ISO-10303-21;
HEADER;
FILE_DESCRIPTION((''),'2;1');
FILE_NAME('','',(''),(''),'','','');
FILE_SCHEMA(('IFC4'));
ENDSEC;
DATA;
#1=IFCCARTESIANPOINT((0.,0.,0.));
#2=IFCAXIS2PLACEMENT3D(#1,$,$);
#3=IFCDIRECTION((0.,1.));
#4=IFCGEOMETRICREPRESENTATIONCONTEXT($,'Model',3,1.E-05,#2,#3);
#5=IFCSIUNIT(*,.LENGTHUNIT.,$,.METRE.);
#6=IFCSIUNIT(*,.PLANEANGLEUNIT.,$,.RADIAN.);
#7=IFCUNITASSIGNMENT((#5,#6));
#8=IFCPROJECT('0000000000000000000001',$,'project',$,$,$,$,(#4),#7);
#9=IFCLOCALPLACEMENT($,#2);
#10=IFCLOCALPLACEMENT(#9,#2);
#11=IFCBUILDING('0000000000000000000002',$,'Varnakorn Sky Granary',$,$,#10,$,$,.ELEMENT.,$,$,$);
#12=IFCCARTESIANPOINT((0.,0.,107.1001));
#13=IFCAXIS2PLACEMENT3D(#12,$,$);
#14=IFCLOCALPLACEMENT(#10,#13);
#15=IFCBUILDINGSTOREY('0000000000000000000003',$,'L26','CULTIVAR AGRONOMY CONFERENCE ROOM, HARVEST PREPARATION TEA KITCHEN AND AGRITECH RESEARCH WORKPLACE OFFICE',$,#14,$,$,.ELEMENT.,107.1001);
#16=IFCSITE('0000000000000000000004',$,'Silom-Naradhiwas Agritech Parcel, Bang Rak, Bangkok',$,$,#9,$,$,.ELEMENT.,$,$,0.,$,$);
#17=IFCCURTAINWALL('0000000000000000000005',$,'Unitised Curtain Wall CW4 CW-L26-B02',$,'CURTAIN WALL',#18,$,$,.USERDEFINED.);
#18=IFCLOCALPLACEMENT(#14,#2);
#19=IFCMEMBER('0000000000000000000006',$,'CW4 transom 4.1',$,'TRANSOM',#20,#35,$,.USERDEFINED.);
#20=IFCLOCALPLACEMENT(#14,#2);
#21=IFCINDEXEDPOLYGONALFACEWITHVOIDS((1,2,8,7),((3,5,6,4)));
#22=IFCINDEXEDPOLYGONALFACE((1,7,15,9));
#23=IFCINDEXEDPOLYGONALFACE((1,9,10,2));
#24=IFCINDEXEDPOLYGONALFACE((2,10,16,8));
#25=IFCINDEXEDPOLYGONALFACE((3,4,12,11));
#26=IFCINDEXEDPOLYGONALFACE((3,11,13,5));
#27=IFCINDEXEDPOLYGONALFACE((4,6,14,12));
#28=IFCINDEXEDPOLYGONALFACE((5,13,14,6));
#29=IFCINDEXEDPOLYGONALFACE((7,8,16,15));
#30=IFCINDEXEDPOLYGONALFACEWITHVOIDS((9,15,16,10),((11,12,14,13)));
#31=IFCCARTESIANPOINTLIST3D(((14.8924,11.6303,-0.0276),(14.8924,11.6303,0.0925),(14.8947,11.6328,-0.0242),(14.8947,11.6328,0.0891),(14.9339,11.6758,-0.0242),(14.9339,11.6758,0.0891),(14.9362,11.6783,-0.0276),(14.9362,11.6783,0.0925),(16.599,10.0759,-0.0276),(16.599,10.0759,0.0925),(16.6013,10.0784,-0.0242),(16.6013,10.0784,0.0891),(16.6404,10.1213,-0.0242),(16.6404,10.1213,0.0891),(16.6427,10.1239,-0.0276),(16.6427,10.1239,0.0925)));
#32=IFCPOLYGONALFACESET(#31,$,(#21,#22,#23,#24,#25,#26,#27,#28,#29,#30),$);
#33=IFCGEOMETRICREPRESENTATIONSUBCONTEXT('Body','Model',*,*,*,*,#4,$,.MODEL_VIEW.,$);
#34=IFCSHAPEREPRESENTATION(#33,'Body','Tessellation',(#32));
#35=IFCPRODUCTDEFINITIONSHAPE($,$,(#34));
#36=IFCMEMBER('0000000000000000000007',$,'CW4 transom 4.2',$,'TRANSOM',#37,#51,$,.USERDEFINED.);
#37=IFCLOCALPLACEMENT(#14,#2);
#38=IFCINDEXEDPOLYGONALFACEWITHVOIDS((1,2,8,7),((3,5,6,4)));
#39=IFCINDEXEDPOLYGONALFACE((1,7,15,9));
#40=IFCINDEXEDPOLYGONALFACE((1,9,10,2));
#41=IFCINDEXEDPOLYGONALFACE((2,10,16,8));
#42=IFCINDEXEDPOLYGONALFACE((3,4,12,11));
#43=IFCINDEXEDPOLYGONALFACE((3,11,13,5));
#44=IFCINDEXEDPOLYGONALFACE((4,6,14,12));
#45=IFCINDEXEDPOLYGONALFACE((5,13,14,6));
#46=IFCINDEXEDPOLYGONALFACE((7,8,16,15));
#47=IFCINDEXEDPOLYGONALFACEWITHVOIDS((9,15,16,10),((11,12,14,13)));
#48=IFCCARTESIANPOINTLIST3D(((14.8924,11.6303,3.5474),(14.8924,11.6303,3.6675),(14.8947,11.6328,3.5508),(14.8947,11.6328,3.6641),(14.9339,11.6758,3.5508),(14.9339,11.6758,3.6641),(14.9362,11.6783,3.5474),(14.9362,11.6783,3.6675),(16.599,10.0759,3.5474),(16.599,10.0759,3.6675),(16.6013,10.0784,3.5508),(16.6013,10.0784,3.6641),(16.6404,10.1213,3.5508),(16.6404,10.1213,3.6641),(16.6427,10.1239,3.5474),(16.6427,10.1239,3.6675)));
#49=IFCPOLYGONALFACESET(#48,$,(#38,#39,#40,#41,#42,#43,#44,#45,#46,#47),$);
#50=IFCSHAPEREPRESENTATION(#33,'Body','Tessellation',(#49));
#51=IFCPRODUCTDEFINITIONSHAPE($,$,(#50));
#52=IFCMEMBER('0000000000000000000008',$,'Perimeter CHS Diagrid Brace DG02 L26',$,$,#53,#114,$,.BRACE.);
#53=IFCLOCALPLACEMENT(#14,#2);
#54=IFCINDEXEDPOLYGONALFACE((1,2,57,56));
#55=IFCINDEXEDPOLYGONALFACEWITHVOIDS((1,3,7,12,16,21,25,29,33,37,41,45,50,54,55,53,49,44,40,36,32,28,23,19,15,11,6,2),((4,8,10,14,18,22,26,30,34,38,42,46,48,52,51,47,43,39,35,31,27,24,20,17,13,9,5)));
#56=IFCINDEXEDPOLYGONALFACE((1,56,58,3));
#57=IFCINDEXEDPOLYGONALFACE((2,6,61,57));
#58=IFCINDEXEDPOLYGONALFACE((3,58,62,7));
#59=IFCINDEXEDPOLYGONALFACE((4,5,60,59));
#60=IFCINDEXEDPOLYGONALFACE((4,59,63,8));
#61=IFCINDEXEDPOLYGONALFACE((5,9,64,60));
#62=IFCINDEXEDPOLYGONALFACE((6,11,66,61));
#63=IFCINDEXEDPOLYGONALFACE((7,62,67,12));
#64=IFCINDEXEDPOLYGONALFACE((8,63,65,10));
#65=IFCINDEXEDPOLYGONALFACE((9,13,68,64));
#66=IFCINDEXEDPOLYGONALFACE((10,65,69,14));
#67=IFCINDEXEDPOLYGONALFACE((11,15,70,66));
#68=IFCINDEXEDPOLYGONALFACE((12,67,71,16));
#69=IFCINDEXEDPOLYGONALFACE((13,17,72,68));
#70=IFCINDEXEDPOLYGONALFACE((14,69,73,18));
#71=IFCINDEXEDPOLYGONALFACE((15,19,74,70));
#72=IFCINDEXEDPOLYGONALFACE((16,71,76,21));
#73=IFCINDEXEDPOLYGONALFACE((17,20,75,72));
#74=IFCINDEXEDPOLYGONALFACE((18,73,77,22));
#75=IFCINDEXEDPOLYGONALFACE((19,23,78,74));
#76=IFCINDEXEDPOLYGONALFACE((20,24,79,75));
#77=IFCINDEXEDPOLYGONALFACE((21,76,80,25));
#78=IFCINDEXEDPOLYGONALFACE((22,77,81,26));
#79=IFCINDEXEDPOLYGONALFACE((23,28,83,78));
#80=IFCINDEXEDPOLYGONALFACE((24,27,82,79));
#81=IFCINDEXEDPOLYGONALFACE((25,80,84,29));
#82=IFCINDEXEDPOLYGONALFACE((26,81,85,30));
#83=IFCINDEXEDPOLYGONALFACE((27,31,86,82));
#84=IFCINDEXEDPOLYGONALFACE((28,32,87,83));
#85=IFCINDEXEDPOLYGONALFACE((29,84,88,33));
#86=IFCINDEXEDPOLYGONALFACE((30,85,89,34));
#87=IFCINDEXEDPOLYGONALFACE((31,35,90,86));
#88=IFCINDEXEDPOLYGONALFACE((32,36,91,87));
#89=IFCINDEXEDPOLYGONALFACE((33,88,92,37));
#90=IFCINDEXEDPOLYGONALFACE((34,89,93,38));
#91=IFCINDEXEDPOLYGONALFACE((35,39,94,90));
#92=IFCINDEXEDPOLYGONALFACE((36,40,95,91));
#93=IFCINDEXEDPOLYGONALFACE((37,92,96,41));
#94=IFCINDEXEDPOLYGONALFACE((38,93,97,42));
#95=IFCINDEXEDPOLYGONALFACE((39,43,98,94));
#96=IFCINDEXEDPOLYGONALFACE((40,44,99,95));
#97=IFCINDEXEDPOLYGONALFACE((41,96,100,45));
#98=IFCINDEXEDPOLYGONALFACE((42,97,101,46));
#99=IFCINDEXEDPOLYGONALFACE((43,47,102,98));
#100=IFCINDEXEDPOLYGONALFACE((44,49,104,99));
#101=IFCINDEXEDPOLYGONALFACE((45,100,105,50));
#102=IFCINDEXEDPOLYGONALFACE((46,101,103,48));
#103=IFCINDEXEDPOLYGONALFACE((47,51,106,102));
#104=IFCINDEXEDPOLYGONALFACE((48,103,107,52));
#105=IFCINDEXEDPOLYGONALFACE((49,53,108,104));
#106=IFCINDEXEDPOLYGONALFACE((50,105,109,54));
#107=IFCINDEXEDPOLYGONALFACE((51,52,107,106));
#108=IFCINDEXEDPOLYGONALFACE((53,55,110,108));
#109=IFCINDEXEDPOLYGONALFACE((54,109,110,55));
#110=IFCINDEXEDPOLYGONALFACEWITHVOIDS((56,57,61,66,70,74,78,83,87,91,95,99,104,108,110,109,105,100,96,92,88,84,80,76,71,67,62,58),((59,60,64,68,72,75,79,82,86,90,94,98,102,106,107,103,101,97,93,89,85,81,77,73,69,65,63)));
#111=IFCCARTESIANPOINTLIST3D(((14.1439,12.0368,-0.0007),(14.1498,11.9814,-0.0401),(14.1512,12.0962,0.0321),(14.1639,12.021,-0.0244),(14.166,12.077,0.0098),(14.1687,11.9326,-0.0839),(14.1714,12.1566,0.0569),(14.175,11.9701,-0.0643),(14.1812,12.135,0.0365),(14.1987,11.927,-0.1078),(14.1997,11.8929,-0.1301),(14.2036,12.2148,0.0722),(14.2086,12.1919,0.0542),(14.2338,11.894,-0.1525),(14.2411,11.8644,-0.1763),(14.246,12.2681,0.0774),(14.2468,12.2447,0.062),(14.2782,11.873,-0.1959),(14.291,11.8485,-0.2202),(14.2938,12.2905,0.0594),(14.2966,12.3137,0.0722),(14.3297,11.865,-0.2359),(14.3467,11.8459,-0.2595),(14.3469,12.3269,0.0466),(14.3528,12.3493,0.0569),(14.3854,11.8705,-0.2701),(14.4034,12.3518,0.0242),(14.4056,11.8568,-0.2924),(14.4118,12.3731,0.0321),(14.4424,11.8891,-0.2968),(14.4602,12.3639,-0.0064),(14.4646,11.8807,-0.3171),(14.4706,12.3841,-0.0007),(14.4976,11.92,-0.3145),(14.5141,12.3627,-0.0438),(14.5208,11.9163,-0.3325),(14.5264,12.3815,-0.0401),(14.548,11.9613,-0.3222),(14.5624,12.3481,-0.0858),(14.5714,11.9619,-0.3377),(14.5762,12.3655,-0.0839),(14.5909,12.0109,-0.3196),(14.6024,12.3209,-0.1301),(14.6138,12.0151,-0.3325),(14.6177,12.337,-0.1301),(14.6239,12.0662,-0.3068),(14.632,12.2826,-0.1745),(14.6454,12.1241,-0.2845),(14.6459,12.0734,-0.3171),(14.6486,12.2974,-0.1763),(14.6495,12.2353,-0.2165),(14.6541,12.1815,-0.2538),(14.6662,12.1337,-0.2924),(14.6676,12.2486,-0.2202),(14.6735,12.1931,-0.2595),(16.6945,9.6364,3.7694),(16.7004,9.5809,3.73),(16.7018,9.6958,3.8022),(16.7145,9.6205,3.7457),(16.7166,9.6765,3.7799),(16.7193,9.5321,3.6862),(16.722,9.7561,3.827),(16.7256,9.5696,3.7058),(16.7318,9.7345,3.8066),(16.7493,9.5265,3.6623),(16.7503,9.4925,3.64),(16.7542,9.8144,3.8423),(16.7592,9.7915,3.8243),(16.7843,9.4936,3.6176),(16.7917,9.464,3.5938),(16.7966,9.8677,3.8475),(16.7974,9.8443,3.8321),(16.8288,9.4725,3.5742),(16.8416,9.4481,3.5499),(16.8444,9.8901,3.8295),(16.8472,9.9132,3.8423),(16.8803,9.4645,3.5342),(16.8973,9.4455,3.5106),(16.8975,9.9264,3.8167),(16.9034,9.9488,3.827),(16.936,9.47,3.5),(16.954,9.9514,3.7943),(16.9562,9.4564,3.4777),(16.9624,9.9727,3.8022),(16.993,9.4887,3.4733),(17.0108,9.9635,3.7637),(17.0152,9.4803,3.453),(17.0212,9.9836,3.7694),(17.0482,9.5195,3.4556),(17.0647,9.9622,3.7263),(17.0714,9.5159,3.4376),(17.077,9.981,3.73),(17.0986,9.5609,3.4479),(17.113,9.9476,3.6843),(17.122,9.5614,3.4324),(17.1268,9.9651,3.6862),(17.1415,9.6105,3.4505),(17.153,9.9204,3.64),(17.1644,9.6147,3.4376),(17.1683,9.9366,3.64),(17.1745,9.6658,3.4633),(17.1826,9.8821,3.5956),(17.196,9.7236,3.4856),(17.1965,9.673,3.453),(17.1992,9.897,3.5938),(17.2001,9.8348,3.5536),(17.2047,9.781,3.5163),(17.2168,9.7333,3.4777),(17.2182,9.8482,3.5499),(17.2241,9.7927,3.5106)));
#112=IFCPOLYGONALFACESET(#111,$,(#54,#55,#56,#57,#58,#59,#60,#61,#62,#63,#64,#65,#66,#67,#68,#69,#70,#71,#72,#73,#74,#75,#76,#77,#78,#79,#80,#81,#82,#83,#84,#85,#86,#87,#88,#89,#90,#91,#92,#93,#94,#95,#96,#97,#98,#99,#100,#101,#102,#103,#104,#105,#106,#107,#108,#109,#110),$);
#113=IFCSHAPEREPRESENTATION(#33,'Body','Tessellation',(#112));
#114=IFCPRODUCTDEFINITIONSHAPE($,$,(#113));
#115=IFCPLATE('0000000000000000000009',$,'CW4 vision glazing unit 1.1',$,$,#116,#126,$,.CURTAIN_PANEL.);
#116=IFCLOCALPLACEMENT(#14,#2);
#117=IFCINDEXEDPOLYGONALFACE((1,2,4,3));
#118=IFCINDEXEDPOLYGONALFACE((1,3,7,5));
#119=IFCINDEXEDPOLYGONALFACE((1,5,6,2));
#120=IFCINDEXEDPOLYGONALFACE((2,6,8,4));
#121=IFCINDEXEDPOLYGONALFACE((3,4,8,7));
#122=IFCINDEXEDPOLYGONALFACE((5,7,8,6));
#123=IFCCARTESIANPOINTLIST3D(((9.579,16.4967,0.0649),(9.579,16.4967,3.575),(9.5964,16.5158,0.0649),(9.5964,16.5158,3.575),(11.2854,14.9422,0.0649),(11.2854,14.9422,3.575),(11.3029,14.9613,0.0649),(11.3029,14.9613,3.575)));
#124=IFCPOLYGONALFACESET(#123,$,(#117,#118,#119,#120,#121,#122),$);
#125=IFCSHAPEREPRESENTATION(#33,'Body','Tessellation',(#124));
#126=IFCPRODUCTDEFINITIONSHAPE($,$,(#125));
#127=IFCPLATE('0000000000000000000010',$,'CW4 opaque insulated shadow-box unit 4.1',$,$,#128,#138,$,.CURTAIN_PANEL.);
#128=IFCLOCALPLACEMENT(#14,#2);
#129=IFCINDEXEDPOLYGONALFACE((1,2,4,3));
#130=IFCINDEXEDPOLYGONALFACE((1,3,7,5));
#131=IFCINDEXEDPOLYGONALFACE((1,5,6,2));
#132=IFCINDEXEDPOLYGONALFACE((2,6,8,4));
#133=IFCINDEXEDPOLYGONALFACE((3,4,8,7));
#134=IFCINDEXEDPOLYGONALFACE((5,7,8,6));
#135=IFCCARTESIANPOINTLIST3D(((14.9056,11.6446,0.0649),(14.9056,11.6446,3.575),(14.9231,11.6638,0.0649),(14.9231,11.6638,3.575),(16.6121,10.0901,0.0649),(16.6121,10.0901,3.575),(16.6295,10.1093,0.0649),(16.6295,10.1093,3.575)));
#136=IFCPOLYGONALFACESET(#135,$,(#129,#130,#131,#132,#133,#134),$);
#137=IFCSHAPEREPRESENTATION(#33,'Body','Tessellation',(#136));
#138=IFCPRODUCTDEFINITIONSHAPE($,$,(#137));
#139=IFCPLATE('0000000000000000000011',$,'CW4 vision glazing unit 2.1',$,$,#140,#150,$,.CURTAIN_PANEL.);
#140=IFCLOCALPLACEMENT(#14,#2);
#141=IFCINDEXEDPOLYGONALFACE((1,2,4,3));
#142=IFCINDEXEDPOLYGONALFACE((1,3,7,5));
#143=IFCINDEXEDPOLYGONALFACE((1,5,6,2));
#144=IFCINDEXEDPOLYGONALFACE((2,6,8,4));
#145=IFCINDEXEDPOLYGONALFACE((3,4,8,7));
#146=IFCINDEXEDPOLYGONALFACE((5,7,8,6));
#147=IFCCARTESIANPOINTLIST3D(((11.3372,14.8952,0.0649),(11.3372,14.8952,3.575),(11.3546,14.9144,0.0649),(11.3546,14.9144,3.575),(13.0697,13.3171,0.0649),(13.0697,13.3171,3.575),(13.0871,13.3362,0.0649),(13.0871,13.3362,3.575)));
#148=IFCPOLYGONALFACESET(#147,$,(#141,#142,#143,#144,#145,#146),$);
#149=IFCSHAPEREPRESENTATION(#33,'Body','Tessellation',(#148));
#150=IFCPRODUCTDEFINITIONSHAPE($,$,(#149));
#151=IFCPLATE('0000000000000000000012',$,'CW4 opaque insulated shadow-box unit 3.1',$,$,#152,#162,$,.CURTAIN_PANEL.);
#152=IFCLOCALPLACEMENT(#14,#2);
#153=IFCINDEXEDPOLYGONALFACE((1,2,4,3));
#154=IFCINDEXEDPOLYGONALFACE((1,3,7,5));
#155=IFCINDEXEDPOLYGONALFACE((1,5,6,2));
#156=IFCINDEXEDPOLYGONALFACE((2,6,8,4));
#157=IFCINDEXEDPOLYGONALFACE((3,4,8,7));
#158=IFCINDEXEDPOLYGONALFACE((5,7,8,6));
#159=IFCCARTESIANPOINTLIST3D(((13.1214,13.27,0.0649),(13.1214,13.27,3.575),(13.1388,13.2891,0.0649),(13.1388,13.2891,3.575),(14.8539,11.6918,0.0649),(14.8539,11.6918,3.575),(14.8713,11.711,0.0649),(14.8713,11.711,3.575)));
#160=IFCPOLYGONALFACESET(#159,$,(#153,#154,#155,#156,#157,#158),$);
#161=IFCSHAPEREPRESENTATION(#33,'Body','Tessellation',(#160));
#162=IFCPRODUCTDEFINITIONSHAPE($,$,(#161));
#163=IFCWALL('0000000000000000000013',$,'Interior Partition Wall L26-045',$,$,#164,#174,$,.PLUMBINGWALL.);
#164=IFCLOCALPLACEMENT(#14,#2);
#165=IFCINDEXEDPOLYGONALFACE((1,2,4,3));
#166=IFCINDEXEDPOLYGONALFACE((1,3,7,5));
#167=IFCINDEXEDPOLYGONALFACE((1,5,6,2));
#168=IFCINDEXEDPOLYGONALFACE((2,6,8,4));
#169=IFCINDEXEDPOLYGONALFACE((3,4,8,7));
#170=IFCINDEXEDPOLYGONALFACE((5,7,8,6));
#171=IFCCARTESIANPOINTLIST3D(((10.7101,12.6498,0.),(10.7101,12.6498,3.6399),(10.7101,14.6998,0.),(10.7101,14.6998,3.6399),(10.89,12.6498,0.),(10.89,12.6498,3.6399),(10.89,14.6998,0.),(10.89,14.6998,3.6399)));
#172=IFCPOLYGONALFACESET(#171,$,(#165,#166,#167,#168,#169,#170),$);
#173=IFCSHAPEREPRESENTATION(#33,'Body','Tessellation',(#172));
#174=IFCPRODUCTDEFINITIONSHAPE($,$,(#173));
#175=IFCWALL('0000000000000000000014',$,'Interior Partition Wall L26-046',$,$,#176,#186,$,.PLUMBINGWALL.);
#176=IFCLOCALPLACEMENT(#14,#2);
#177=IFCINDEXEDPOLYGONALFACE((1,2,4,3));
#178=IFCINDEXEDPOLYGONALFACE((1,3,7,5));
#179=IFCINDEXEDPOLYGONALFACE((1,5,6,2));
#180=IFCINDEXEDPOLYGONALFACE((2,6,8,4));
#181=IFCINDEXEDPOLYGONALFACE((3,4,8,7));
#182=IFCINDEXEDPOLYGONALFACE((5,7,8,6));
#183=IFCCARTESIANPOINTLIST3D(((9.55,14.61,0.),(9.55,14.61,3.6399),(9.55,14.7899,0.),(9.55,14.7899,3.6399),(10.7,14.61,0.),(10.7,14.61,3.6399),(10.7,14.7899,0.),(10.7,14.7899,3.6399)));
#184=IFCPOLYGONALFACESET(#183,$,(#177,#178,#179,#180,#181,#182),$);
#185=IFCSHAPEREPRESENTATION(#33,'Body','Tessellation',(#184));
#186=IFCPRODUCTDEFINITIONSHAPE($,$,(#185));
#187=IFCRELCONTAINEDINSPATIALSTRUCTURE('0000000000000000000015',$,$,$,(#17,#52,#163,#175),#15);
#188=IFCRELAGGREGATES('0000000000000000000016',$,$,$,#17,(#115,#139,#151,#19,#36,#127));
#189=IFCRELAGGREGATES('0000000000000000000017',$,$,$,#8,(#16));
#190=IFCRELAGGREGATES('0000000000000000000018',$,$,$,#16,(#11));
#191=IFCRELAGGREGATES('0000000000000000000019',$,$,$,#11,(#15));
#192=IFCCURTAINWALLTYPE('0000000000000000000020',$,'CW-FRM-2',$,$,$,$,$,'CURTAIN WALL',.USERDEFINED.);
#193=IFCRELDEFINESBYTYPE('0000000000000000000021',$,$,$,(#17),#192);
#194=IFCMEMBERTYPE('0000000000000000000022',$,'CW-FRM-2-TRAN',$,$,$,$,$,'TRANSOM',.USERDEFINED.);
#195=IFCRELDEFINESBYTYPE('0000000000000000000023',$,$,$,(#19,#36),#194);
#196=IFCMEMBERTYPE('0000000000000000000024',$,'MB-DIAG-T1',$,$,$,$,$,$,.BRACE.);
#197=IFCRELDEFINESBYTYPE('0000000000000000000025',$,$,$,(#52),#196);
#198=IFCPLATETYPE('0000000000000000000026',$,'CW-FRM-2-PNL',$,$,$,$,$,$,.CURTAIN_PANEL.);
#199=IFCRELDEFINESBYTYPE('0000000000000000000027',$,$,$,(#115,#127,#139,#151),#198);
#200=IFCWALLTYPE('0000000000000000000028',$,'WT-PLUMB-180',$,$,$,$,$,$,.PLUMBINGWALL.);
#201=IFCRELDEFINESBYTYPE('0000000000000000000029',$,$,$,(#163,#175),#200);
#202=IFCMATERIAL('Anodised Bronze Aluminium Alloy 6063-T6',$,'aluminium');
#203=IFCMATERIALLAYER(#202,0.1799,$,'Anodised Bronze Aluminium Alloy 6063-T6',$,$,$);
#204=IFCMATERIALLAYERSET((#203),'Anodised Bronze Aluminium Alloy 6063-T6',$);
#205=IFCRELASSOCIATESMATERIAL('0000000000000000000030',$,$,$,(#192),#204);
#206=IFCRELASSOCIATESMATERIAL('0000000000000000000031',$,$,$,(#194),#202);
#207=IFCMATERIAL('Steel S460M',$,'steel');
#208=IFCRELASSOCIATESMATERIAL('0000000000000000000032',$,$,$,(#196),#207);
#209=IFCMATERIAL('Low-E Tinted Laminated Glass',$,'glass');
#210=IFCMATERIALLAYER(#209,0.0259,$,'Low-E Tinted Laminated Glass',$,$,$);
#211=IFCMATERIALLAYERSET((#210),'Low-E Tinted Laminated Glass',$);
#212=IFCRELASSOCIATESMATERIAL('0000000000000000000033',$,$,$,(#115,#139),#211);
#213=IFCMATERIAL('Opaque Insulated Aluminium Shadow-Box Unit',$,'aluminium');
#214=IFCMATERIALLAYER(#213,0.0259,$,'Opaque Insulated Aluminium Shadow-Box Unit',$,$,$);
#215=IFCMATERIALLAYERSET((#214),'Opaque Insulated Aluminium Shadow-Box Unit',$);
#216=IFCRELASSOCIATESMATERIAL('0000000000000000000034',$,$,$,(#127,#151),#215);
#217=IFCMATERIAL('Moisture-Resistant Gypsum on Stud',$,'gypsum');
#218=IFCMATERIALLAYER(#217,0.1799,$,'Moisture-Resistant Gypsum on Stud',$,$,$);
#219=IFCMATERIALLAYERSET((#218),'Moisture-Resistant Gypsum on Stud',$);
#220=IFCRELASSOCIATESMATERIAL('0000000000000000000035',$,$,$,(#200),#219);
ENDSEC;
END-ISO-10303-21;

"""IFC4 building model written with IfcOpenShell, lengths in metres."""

from ifc_helpers import new_model, si_unit, direction, frame, frame_2d, origin, origin_2d, place, context, subcontext, project, spatial, rectangle, hollow_rectangle, hollow_circle, extrude, source, transform, mapped, material, layer, layer_set, material_profile, profile_set, type_object, type_shapes, element, aggregate, save


model = new_model("IFC4")

# Units and contexts
model_context = context("Model", 3, precision=1e-05, world=origin(), true_north=direction((0.0, 1.0)))
body_context = subcontext(model_context, "Body", "Model", "MODEL_VIEW")
ifc_project = project(units=[si_unit("LENGTHUNIT", "METRE"), si_unit("PLANEANGLEUNIT", "RADIAN")], contexts=[model_context])

# Site, building, storey
site_placement = place(None, origin())
site = spatial("IfcSite", under=ifc_project, at=site_placement, Name="Silom-Naradhiwas Agritech Parcel, Bang Rak, Bangkok", CompositionType="ELEMENT", RefElevation=0.0)
building_placement = place(site_placement, origin())
building = spatial("IfcBuilding", under=site, at=building_placement, Name="Varnakorn Sky Granary", CompositionType="ELEMENT")
storey_placement = place(building_placement, frame((0.0, 0.0, 107.1001)))
storey = spatial("IfcBuildingStorey", under=building, at=storey_placement, Name="L26", Description="CULTIVAR AGRONOMY CONFERENCE ROOM, HARVEST PREPARATION TEA KITCHEN AND AGRITECH RESEARCH WORKPLACE OFFICE", CompositionType="ELEMENT", Elevation=107.1001)

# Curtain wall, members
ifc_material_1 = material(Name="Anodised Bronze Aluminium Alloy 6063-T6", Category="aluminium")
ifc_layer_1 = layer(ifc_material_1, 0.1799, Name="Anodised Bronze Aluminium Alloy 6063-T6")
ifc_layer_set_1 = layer_set([ifc_layer_1], Name="Anodised Bronze Aluminium Alloy 6063-T6")
curtain_wall_type = type_object("IfcCurtainWallType", Name="CW-FRM-2", ElementType="CURTAIN WALL", PredefinedType="USERDEFINED", material=ifc_layer_set_1)
curtain_wall_placement = place(storey_placement, origin())
curtain_wall = element("IfcCurtainWall", 1, at=curtain_wall_placement, inside=storey, type_object=curtain_wall_type, Name="Unitised Curtain Wall CW4 CW-L26-B02", ObjectType="CURTAIN WALL", PredefinedType="USERDEFINED")
ifc_material_profile_1 = material_profile(ifc_material_1, hollow_rectangle(XDim=0.0649, YDim=0.1201, WallThickness=0.0034, at=origin_2d()), Name="ALU TRAN 65x120")
ifc_profile_set_1 = profile_set([ifc_material_profile_1], Name="Anodised Bronze Aluminium Alloy 6063-T6")
member_type_1 = type_object("IfcMemberType", Name="CW-FRM-2-TRAN", ElementType="TRANSOM", PredefinedType="USERDEFINED", material=ifc_profile_set_1)
member_1_placement = place(storey_placement, frame((14.9143, 11.6543, 0.0325), z_axis=(0.739284, -0.673394, 0.0), x_axis=(0.673394, 0.739284, 0.0)))
member_1 = element("IfcMember", 2, at=member_1_placement, type_object=member_type_1, Name="CW4 transom 4.1", ObjectType="TRANSOM", PredefinedType="USERDEFINED", context=body_context, shape_type="SweptSolid", body=[
    extrude(hollow_rectangle(XDim=0.0649, YDim=0.1201, WallThickness=0.0034, at=origin_2d()), origin(), (0.0, 0.0, 1.0), 2.3083),
])
member_2_placement = place(storey_placement, frame((14.9143, 11.6543, 3.6074), z_axis=(0.739284, -0.673394, 0.0), x_axis=(0.673394, 0.739284, 0.0)))
member_2 = element("IfcMember", 3, at=member_2_placement, type_object=member_type_1, Name="CW4 transom 4.2", ObjectType="TRANSOM", PredefinedType="USERDEFINED", context=body_context, shape_type="SweptSolid", body=[
    extrude(hollow_rectangle(XDim=0.0649, YDim=0.1201, WallThickness=0.0034, at=origin_2d()), origin(), (0.0, 0.0, 1.0), 2.3083),
])

# Member
ifc_material_2 = material(Name="Steel S460M", Category="steel")
ifc_material_profile_2 = material_profile(ifc_material_2, hollow_circle(Radius=0.3049, WallThickness=0.0222, at=origin_2d()), Name="CHS 610x22")
ifc_profile_set_2 = profile_set([ifc_material_profile_2], Name="Steel S460M")
member_type_2 = type_object("IfcMemberType", Name="MB-DIAG-T1", PredefinedType="BRACE", material=ifc_profile_set_2)
member_3_placement = place(storey_placement, frame((14.4087, 12.115, -0.1301), z_axis=(0.495646, -0.466468, 0.732628), x_axis=(0.685347, 0.728216, 0.0)))
element("IfcMember", 4, at=member_3_placement, inside=storey, type_object=member_type_2, Name="Perimeter CHS Diagrid Brace DG02 L26", PredefinedType="BRACE", context=body_context, shape_type="SweptSolid", body=[
    extrude(hollow_circle(Radius=0.3049, WallThickness=0.0222, at=origin_2d()), origin(), (0.0, 0.0, 1.0), 5.146),
])

# Plates
ifc_material_3 = material(Name="Low-E Tinted Laminated Glass", Category="glass")
ifc_layer_2 = layer(ifc_material_3, 0.0259, Name="Low-E Tinted Laminated Glass")
ifc_layer_set_2 = layer_set([ifc_layer_2], Name="Low-E Tinted Laminated Glass")
plate_type = type_object("IfcPlateType", Name="CW-FRM-2-PNL", PredefinedType="CURTAIN_PANEL")
shared_shape_1 = source(origin(), body_context, "Body", "SweptSolid", [
    extrude(rectangle(XDim=2.3083, YDim=0.0259, at=origin_2d()), origin(), (0.0, 0.0, 1.0), 3.51),
])
plate_1_placement = place(storey_placement, frame((10.4409, 15.729, 0.0649), z_axis=(0.0, 0.0, 1.0), x_axis=(0.739265, -0.673414, 0.0)))
plate_1 = element("IfcPlate", 5, at=plate_1_placement, type_object=plate_type, material=ifc_layer_set_2, Name="CW4 vision glazing unit 1.1", PredefinedType="CURTAIN_PANEL", context=body_context, shape_type="MappedRepresentation", body=[
    mapped(shared_shape_1, transform((0.0, 0.0, 0.0), x_axis=(1.0, 0.0, 0.0), y_axis=(0.0, 1.0, 0.0), z_axis=(0.0, 0.0, 1.0), scale=1.0)),
])
ifc_material_4 = material(Name="Opaque Insulated Aluminium Shadow-Box Unit", Category="aluminium")
ifc_layer_3 = layer(ifc_material_4, 0.0259, Name="Opaque Insulated Aluminium Shadow-Box Unit")
ifc_layer_set_3 = layer_set([ifc_layer_3], Name="Opaque Insulated Aluminium Shadow-Box Unit")
plate_2_placement = place(storey_placement, frame((15.7676, 10.877, 0.0649), z_axis=(0.0, 0.0, 1.0), x_axis=(0.739265, -0.673414, 0.0)))
plate_2 = element("IfcPlate", 6, at=plate_2_placement, type_object=plate_type, material=ifc_layer_set_3, Name="CW4 opaque insulated shadow-box unit 4.1", PredefinedType="CURTAIN_PANEL", context=body_context, shape_type="MappedRepresentation", body=[
    mapped(shared_shape_1, transform((0.0, 0.0, 0.0), x_axis=(1.0, 0.0, 0.0), y_axis=(0.0, 1.0, 0.0), z_axis=(0.0, 0.0, 1.0), scale=1.0)),
])
shared_shape_2 = source(origin(), body_context, "Body", "SweptSolid", [
    extrude(rectangle(XDim=2.3435, YDim=0.0259, at=origin_2d()), origin(), (0.0, 0.0, 1.0), 3.51),
])
type_shapes(plate_type, [shared_shape_1, shared_shape_2])
plate_3_placement = place(storey_placement, frame((12.2122, 14.1157, 0.0649), z_axis=(0.0, 0.0, 1.0), x_axis=(0.739265, -0.673414, 0.0)))
plate_3 = element("IfcPlate", 7, at=plate_3_placement, type_object=plate_type, material=ifc_layer_set_2, Name="CW4 vision glazing unit 2.1", PredefinedType="CURTAIN_PANEL", context=body_context, shape_type="MappedRepresentation", body=[
    mapped(shared_shape_2, transform((0.0, 0.0, 0.0), x_axis=(1.0, 0.0, 0.0), y_axis=(0.0, 1.0, 0.0), z_axis=(0.0, 0.0, 1.0), scale=1.0)),
])
plate_4_placement = place(storey_placement, frame((13.9963, 12.4905, 0.0649), z_axis=(0.0, 0.0, 1.0), x_axis=(0.739265, -0.673414, 0.0)))
plate_4 = element("IfcPlate", 8, at=plate_4_placement, type_object=plate_type, material=ifc_layer_set_3, Name="CW4 opaque insulated shadow-box unit 3.1", PredefinedType="CURTAIN_PANEL", context=body_context, shape_type="MappedRepresentation", body=[
    mapped(shared_shape_2, transform((0.0, 0.0, 0.0), x_axis=(1.0, 0.0, 0.0), y_axis=(0.0, 1.0, 0.0), z_axis=(0.0, 0.0, 1.0), scale=1.0)),
])
aggregate(curtain_wall, [plate_1, plate_3, plate_4, member_1, member_2, plate_2])

# Walls
ifc_material_5 = material(Name="Moisture-Resistant Gypsum on Stud", Category="gypsum")
ifc_layer_4 = layer(ifc_material_5, 0.1799, Name="Moisture-Resistant Gypsum on Stud")
ifc_layer_set_4 = layer_set([ifc_layer_4], Name="Moisture-Resistant Gypsum on Stud")
wall_type = type_object("IfcWallType", Name="WT-PLUMB-180", PredefinedType="PLUMBINGWALL", material=ifc_layer_set_4)
wall_1_placement = place(storey_placement, frame((10.8, 12.6499, 0.0), z_axis=(0.0, 0.0, 1.0), x_axis=(0.0, 1.0, 0.0)))
element("IfcWall", 9, at=wall_1_placement, inside=storey, type_object=wall_type, Name="Interior Partition Wall L26-045", PredefinedType="PLUMBINGWALL", context=body_context, shape_type="SweptSolid", body=[
    extrude(rectangle(XDim=2.05, YDim=0.1799, at=frame_2d((1.0249, 0.0))), origin(), (0.0, 0.0, 1.0), 3.6399),
])
wall_2_placement = place(storey_placement, frame((10.7, 14.7, 0.0), z_axis=(0.0, 0.0, 1.0), x_axis=(-1.0, 0.0, 0.0)))
element("IfcWall", 10, at=wall_2_placement, inside=storey, type_object=wall_type, Name="Interior Partition Wall L26-046", PredefinedType="PLUMBINGWALL", context=body_context, shape_type="SweptSolid", body=[
    extrude(rectangle(XDim=1.1499, YDim=0.1799, at=frame_2d((0.575, 0.0))), origin(), (0.0, 0.0, 1.0), 3.6399),
])

save(model, "model.ifc")
